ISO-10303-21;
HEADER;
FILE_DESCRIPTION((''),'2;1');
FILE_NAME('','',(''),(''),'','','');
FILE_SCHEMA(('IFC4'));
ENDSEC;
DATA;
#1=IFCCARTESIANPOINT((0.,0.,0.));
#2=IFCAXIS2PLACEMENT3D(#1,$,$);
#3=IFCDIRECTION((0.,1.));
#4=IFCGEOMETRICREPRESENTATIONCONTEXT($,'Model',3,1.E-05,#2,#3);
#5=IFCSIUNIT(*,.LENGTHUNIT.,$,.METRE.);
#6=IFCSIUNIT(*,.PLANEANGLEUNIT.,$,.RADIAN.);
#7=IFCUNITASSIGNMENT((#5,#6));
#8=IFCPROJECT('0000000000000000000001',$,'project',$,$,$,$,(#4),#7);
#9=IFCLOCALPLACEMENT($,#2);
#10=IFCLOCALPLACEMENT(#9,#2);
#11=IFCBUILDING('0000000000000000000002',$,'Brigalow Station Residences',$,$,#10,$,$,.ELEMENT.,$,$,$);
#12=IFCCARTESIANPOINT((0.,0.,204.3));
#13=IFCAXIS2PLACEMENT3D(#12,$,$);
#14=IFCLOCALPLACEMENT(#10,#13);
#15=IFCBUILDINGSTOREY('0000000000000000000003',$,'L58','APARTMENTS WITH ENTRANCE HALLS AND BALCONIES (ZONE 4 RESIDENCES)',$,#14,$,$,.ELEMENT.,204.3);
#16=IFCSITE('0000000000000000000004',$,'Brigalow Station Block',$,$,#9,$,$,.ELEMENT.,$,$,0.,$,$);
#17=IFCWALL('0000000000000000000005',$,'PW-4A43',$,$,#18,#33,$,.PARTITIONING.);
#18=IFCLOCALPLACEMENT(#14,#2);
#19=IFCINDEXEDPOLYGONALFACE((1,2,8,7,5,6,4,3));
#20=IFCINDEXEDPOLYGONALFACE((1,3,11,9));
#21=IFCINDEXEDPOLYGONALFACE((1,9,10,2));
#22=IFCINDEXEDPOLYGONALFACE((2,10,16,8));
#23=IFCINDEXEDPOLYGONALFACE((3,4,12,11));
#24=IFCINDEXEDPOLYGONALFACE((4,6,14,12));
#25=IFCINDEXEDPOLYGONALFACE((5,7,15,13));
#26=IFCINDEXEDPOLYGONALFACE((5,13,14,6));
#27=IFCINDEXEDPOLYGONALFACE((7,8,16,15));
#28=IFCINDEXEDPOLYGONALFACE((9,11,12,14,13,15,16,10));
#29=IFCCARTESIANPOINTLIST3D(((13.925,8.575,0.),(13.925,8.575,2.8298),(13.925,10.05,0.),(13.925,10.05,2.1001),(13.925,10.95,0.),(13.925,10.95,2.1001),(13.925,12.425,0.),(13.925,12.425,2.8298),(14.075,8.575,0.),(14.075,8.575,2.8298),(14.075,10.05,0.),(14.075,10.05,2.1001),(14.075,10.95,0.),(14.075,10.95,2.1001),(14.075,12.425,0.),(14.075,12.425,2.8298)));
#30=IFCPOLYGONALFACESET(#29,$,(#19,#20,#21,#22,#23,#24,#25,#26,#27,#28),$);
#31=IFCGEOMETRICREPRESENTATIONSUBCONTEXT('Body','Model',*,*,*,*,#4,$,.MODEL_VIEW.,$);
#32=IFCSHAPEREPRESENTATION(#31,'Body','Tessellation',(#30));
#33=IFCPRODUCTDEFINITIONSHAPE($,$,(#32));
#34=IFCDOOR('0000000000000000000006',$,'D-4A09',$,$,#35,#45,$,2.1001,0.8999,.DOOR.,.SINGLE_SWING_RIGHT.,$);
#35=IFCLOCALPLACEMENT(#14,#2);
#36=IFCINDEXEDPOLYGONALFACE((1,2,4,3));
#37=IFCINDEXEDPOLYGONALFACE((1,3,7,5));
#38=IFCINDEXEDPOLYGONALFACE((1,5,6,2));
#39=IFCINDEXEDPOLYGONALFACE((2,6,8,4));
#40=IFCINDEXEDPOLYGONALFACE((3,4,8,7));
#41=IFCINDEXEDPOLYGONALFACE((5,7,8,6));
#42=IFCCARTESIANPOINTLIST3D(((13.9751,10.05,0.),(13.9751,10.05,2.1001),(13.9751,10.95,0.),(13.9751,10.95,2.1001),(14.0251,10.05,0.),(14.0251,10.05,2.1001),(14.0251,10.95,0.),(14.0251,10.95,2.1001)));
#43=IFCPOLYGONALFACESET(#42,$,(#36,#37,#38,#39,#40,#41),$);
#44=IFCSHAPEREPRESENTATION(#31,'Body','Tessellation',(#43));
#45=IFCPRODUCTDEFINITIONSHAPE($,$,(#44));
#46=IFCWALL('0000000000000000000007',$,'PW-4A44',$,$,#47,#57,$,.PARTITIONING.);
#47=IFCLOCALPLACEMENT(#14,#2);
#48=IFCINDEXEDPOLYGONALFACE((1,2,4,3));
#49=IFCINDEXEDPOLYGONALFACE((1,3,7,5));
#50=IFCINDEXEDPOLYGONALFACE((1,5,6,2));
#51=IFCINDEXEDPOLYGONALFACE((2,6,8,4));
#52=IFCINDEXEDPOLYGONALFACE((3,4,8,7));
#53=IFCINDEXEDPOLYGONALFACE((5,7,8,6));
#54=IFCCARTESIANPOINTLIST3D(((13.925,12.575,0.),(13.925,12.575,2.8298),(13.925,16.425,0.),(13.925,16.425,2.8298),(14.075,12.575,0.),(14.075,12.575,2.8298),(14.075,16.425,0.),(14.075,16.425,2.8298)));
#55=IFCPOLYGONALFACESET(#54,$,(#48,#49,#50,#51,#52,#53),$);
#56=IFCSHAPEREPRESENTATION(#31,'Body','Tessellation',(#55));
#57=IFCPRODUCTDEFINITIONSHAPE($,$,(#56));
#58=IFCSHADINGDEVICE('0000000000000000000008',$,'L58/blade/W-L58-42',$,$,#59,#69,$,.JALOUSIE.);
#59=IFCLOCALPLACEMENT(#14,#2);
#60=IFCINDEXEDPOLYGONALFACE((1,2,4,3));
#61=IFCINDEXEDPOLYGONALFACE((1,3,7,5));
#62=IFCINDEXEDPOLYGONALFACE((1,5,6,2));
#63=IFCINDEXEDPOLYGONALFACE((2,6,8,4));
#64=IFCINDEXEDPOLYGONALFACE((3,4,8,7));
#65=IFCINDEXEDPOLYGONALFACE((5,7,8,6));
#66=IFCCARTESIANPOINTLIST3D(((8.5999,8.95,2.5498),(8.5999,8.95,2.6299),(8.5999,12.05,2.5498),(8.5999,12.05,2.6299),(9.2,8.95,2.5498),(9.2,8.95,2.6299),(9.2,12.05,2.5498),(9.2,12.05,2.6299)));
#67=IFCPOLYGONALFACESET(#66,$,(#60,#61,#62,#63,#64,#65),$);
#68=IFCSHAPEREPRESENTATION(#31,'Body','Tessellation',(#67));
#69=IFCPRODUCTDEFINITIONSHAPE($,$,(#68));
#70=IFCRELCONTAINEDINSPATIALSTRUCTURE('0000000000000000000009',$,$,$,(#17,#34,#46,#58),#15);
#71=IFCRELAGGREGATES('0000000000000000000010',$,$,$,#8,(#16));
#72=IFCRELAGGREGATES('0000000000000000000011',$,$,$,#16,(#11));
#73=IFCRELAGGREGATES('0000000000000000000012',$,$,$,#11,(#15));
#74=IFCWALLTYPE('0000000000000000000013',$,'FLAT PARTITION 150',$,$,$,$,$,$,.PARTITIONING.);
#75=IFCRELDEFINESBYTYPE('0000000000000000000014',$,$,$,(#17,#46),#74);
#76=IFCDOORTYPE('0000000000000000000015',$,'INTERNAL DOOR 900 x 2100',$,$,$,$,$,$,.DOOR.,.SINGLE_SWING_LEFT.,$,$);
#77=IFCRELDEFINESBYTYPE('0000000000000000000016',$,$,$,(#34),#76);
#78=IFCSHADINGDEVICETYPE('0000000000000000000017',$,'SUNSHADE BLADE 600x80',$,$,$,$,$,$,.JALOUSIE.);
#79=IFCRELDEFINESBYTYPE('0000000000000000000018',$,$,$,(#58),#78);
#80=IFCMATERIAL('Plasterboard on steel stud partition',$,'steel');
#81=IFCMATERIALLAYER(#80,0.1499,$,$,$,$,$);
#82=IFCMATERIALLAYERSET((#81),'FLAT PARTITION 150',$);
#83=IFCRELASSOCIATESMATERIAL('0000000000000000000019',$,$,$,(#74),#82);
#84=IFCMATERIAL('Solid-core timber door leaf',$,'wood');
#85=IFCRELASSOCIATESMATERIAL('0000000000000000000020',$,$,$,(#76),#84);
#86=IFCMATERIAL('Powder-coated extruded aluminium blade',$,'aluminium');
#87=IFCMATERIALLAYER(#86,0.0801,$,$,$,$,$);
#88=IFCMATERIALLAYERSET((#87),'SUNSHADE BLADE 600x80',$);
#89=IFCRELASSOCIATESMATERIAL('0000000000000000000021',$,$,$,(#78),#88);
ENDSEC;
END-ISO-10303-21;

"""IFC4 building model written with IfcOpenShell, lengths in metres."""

from ifc_helpers import new_model, si_unit, direction, frame, frame_2d, origin, origin_2d, place, context, subcontext, project, spatial, rectangle, extrude, material, layer, layer_set, type_object, element, fill, save


model = new_model("IFC4")

# Units and contexts
model_context = context("Model", 3, precision=1e-05, world=origin(), true_north=direction((0.0, 1.0)))
body_context = subcontext(model_context, "Body", "Model", "MODEL_VIEW")
ifc_project = project(units=[si_unit("LENGTHUNIT", "METRE"), si_unit("PLANEANGLEUNIT", "RADIAN")], contexts=[model_context])

# Site, building, storey
site_placement = place(None, origin())
site = spatial("IfcSite", under=ifc_project, at=site_placement, Name="Brigalow Station Block", CompositionType="ELEMENT", RefElevation=0.0)
building_placement = place(site_placement, origin())
building = spatial("IfcBuilding", under=site, at=building_placement, Name="Brigalow Station Residences", CompositionType="ELEMENT")
storey_placement = place(building_placement, frame((0.0, 0.0, 204.3)))
storey = spatial("IfcBuildingStorey", under=building, at=storey_placement, Name="L58", Description="APARTMENTS WITH ENTRANCE HALLS AND BALCONIES (ZONE 4 RESIDENCES)", CompositionType="ELEMENT", Elevation=204.3)

# Shared definitions
ifc_material_1 = material(Name="Plasterboard on steel stud partition", Category="steel")
ifc_layer_1 = layer(ifc_material_1, 0.1499)
ifc_layer_set_1 = layer_set([ifc_layer_1], Name="FLAT PARTITION 150")
wall_type_1 = type_object("IfcWallType", Name="FLAT PARTITION 150", PredefinedType="PARTITIONING", material=ifc_layer_set_1)
ifc_material_2 = material(Name="Solid-core timber door leaf", Category="wood")
door_type = type_object("IfcDoorType", Name="INTERNAL DOOR 900 x 2100", OperationType="SINGLE_SWING_LEFT", PredefinedType="DOOR", material=ifc_material_2)

# Wall, opening, door
wall_1_placement = place(storey_placement, frame((14.0, 8.575, 0.0), z_axis=(0.0, 0.0, 1.0), x_axis=(0.0, 1.0, 0.0)))
wall_1 = element("IfcWall", 1, at=wall_1_placement, inside=storey, type_object=wall_type_1, Name="PW-4A43", PredefinedType="PARTITIONING", context=body_context, shape_type="SweptSolid", body=[
    extrude(rectangle(XDim=3.8501, YDim=0.1499, at=frame_2d((1.925, 0.0))), origin(), (0.0, 0.0, 1.0), 2.8298),
])
opening_1_placement = place(wall_1_placement, frame((1.4751, 0.0, 0.0)))
opening_1 = element("IfcOpeningElement", 2, at=opening_1_placement, cuts=wall_1, PredefinedType="OPENING", context=body_context, shape_type="SweptSolid", body=[
    extrude(rectangle(XDim=0.8999, YDim=2.1001, at=frame_2d((0.45, 1.05))), frame((0.0, 0.085, 0.0), z_axis=(0.0, -1.0, 0.0), x_axis=(1.0, 0.0, 0.0)), (0.0, 0.0, 1.0), 0.1699),
])
door_1_placement = place(opening_1_placement, origin())
door_1 = element("IfcDoor", 3, at=door_1_placement, inside=storey, type_object=door_type, Name="D-4A09", OperationType="SINGLE_SWING_RIGHT", OverallHeight=2.1001, OverallWidth=0.8999, PredefinedType="DOOR", context=body_context, shape_type="SweptSolid", body=[
    extrude(rectangle(XDim=0.8999, YDim=2.1001, at=frame_2d((0.45, 1.05))), frame((0.0, 0.0249, 0.0), z_axis=(0.0, -1.0, 0.0), x_axis=(1.0, 0.0, 0.0)), (0.0, 0.0, 1.0), 0.05),
])
fill(opening_1, door_1)

# Wall
wall_2_placement = place(storey_placement, frame((14.0, 12.575, 0.0), z_axis=(0.0, 0.0, 1.0), x_axis=(0.0, 1.0, 0.0)))
element("IfcWall", 4, at=wall_2_placement, inside=storey, type_object=wall_type_1, Name="PW-4A44", PredefinedType="PARTITIONING", context=body_context, shape_type="SweptSolid", body=[
    extrude(rectangle(XDim=3.8501, YDim=0.1499, at=frame_2d((1.925, 0.0))), origin(), (0.0, 0.0, 1.0), 2.8298),
])

# Shading device
ifc_material_3 = material(Name="Powder-coated extruded aluminium blade", Category="aluminium")
ifc_layer_2 = layer(ifc_material_3, 0.0801)
ifc_layer_set_2 = layer_set([ifc_layer_2], Name="SUNSHADE BLADE 600x80")
shading_device_type = type_object("IfcShadingDeviceType", Name="SUNSHADE BLADE 600x80", PredefinedType="JALOUSIE", material=ifc_layer_set_2)
shading_device_placement = place(storey_placement, frame((8.8999, 10.5, 2.5498), z_axis=(0.0, 0.0, 1.0), x_axis=(0.0, -1.0, 0.0)))
element("IfcShadingDevice", 5, at=shading_device_placement, inside=storey, type_object=shading_device_type, Name="L58/blade/W-L58-42", PredefinedType="JALOUSIE", context=body_context, shape_type="SweptSolid", body=[
    extrude(rectangle(XDim=3.1001, YDim=0.6001, at=origin_2d()), origin(), (0.0, 0.0, 1.0), 0.0801),
])

save(model, "model.ifc")
